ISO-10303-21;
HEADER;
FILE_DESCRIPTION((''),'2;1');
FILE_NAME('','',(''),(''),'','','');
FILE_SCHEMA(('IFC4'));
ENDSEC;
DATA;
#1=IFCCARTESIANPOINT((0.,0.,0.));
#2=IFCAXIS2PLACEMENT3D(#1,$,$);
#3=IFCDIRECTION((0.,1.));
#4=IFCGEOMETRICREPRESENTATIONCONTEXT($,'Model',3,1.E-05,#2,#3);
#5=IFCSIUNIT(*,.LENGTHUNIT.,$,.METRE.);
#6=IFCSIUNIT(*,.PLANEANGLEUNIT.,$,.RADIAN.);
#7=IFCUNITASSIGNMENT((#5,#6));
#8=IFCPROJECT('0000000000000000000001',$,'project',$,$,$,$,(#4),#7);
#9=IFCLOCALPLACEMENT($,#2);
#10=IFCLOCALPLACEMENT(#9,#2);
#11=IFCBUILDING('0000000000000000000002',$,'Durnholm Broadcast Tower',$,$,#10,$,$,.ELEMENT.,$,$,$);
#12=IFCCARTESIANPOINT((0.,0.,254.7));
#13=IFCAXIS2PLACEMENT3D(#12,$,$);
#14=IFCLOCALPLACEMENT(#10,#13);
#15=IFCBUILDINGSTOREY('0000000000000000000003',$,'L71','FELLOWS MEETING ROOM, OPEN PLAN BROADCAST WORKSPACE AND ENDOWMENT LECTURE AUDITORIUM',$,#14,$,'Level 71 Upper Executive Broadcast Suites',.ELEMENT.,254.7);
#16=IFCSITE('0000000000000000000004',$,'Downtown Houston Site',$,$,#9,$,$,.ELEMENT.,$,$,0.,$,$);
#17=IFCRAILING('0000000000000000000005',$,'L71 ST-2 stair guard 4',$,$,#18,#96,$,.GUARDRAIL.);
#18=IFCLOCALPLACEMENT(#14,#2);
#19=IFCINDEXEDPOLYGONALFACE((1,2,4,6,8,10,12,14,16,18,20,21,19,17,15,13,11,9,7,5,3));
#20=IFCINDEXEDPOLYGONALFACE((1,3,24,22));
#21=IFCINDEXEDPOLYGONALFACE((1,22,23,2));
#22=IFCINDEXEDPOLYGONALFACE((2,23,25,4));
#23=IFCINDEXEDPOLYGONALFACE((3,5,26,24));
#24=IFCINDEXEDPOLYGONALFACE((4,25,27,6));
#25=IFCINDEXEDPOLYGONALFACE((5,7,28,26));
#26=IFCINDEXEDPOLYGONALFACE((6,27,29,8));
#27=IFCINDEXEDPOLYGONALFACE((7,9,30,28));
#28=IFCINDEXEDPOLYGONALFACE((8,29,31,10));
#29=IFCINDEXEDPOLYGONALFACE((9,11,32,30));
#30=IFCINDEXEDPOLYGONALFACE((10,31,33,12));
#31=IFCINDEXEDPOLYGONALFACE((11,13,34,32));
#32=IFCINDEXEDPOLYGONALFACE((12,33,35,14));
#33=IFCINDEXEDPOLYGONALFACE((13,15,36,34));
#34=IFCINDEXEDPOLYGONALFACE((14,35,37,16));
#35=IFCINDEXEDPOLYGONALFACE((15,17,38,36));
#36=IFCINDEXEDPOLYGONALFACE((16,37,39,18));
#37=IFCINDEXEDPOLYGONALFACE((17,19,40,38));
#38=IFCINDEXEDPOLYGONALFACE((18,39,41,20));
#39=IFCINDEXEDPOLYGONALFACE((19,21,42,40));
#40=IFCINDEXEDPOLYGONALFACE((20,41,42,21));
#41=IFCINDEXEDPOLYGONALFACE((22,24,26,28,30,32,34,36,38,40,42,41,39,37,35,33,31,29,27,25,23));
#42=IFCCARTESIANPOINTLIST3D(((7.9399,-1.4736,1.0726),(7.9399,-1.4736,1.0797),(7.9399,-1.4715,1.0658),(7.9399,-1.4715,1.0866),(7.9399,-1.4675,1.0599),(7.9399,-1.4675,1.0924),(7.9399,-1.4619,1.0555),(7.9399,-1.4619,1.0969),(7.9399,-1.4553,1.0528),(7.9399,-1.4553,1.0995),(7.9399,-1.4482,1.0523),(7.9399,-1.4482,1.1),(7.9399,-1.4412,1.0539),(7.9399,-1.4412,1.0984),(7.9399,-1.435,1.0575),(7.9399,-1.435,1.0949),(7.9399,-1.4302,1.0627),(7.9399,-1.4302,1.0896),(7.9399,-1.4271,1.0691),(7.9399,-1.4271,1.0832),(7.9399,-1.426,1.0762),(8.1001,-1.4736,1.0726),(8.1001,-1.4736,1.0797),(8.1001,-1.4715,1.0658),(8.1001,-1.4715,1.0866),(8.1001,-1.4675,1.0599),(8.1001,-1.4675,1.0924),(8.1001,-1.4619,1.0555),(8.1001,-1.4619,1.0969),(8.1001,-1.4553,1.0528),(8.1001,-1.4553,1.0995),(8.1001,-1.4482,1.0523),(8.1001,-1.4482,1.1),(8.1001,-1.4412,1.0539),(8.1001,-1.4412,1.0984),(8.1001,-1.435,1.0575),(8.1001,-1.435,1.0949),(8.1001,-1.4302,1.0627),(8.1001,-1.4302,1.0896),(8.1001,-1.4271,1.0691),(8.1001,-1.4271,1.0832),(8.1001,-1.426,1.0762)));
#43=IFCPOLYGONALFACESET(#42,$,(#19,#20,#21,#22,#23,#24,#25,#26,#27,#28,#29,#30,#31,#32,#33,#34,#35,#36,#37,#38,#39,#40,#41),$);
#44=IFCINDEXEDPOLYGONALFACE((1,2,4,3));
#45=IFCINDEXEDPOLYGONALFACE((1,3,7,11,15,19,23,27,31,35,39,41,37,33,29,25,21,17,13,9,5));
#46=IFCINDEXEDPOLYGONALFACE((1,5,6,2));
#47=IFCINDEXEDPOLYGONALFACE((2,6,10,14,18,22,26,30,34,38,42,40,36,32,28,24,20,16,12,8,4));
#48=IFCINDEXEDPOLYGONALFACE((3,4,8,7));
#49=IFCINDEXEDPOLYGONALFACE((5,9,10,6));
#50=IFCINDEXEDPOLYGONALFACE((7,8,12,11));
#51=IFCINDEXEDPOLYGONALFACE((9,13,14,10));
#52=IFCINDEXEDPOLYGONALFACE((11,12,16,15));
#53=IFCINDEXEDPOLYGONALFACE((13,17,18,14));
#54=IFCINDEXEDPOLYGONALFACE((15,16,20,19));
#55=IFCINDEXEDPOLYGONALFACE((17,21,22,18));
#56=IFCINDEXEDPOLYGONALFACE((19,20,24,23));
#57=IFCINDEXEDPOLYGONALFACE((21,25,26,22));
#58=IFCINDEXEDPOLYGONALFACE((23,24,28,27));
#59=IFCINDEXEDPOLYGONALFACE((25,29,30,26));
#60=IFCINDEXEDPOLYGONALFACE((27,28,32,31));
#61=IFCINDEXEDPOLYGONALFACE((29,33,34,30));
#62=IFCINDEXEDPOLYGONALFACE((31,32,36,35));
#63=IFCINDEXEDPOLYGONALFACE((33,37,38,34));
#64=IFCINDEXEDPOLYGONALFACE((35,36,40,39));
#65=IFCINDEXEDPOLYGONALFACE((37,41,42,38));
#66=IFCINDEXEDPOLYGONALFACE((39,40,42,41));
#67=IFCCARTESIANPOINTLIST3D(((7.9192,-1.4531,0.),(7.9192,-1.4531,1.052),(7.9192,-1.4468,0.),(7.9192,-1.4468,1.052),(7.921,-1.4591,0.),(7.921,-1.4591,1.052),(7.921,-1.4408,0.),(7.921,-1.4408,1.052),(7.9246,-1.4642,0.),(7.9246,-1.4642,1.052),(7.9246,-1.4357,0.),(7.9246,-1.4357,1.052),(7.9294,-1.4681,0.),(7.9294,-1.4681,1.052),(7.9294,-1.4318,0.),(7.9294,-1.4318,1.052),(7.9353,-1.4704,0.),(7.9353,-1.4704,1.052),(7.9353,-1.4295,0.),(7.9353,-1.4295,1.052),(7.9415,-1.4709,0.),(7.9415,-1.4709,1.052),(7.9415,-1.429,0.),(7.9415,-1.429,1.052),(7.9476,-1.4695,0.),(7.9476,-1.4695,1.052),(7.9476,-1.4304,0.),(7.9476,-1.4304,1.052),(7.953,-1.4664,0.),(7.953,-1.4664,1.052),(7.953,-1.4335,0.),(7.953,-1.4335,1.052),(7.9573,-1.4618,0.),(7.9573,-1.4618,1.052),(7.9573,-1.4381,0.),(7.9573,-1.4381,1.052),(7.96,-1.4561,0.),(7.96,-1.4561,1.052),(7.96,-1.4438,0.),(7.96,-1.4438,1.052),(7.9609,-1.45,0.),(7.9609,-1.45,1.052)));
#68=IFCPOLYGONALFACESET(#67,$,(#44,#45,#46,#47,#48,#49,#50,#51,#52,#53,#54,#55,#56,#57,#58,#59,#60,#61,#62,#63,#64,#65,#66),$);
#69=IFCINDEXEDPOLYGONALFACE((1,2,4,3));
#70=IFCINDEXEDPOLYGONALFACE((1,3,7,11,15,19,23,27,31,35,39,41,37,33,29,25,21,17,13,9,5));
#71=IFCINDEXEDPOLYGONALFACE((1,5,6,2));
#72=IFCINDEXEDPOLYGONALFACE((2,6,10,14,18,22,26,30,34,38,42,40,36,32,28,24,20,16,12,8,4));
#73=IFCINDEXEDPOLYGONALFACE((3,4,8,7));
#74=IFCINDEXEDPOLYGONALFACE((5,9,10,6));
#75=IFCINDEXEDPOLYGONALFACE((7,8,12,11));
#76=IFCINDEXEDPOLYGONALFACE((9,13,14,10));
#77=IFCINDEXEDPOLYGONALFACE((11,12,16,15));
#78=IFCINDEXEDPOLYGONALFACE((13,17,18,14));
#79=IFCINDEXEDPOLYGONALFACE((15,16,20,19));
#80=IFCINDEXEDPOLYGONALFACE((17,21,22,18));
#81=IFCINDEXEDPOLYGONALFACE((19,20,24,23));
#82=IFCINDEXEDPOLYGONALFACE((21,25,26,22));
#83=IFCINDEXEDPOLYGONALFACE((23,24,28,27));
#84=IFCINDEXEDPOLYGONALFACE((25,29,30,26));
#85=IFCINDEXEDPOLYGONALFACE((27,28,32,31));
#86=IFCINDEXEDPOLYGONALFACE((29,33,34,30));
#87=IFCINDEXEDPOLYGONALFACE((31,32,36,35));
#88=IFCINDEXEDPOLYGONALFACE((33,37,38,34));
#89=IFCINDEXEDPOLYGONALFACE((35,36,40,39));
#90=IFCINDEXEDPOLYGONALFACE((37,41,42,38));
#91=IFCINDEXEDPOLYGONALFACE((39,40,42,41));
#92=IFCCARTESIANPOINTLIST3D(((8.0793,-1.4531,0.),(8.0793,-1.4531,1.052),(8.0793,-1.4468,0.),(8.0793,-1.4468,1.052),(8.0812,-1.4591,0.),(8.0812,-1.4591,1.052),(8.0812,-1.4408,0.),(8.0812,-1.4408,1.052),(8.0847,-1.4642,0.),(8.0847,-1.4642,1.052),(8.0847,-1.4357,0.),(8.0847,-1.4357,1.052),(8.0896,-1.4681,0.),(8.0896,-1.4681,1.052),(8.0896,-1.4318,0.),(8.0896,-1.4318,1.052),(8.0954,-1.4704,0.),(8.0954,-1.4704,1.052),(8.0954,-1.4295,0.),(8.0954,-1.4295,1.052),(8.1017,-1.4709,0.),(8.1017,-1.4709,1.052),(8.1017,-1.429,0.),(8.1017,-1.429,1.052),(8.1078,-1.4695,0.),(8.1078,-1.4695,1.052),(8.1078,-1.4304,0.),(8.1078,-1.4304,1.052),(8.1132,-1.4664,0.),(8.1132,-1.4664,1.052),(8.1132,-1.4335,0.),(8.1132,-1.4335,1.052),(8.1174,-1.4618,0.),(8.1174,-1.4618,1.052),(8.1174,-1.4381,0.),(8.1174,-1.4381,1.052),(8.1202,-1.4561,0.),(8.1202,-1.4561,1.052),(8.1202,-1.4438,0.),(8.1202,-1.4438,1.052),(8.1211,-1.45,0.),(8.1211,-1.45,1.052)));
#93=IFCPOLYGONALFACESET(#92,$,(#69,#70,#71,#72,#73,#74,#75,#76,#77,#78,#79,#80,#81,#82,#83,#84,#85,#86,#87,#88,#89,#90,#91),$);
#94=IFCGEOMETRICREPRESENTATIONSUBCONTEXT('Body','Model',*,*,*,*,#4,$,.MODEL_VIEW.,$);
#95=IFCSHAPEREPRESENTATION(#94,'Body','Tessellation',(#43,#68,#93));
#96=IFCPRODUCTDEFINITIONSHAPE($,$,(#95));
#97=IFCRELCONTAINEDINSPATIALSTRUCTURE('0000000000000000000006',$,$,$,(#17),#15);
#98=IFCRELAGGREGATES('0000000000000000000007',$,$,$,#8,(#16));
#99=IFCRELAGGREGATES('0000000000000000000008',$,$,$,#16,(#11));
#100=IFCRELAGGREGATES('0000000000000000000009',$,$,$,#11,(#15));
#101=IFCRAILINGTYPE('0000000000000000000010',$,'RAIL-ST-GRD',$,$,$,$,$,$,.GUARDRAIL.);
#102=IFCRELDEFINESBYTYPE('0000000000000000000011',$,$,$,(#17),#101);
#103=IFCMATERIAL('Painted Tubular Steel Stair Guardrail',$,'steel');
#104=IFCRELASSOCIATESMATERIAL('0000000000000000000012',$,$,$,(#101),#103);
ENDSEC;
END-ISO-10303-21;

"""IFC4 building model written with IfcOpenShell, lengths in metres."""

from ifc_helpers import new_model, si_unit, direction, frame, origin, origin_2d, place, context, subcontext, project, spatial, circle, extrude, material, type_object, element, save


model = new_model("IFC4")

# Units and contexts
model_context = context("Model", 3, precision=1e-05, world=origin(), true_north=direction((0.0, 1.0)))
body_context = subcontext(model_context, "Body", "Model", "MODEL_VIEW")
ifc_project = project(units=[si_unit("LENGTHUNIT", "METRE"), si_unit("PLANEANGLEUNIT", "RADIAN")], contexts=[model_context])

# Site, building, storey
site_placement = place(None, origin())
site = spatial("IfcSite", under=ifc_project, at=site_placement, Name="Downtown Houston Site", CompositionType="ELEMENT", RefElevation=0.0)
building_placement = place(site_placement, origin())
building = spatial("IfcBuilding", under=site, at=building_placement, Name="Durnholm Broadcast Tower", CompositionType="ELEMENT")
storey_placement = place(building_placement, frame((0.0, 0.0, 254.7)))
storey = spatial("IfcBuildingStorey", under=building, at=storey_placement, Name="L71", Description="FELLOWS MEETING ROOM, OPEN PLAN BROADCAST WORKSPACE AND ENDOWMENT LECTURE AUDITORIUM", LongName="Level 71 Upper Executive Broadcast Suites", CompositionType="ELEMENT", Elevation=254.7)

# Railing
ifc_material_1 = material(Name="Painted Tubular Steel Stair Guardrail", Category="steel")
railing_type_1 = type_object("IfcRailingType", Name="RAIL-ST-GRD", PredefinedType="GUARDRAIL", material=ifc_material_1)
railing_1_placement = place(storey_placement, frame((7.9399, -1.45, 0.0)))
element("IfcRailing", 1, at=railing_1_placement, inside=storey, type_object=railing_type_1, Name="L71 ST-2 stair guard 4", PredefinedType="GUARDRAIL", context=body_context, shape_type="SweptSolid", body=[
    extrude(circle(Radius=0.0239, at=origin_2d()), frame((0.0, 0.0, 1.0762), z_axis=(1.0, 0.0, 0.0), x_axis=(0.0, 1.0, 0.0)), (0.0, 0.0, 1.0), 0.1602),
    extrude(circle(Radius=0.021, at=origin_2d()), origin(), (0.0, 0.0, 1.0), 1.052),
    extrude(circle(Radius=0.021, at=origin_2d()), frame((0.1602, 0.0, 0.0)), (0.0, 0.0, 1.0), 1.052),
])

save(model, "model.ifc")
